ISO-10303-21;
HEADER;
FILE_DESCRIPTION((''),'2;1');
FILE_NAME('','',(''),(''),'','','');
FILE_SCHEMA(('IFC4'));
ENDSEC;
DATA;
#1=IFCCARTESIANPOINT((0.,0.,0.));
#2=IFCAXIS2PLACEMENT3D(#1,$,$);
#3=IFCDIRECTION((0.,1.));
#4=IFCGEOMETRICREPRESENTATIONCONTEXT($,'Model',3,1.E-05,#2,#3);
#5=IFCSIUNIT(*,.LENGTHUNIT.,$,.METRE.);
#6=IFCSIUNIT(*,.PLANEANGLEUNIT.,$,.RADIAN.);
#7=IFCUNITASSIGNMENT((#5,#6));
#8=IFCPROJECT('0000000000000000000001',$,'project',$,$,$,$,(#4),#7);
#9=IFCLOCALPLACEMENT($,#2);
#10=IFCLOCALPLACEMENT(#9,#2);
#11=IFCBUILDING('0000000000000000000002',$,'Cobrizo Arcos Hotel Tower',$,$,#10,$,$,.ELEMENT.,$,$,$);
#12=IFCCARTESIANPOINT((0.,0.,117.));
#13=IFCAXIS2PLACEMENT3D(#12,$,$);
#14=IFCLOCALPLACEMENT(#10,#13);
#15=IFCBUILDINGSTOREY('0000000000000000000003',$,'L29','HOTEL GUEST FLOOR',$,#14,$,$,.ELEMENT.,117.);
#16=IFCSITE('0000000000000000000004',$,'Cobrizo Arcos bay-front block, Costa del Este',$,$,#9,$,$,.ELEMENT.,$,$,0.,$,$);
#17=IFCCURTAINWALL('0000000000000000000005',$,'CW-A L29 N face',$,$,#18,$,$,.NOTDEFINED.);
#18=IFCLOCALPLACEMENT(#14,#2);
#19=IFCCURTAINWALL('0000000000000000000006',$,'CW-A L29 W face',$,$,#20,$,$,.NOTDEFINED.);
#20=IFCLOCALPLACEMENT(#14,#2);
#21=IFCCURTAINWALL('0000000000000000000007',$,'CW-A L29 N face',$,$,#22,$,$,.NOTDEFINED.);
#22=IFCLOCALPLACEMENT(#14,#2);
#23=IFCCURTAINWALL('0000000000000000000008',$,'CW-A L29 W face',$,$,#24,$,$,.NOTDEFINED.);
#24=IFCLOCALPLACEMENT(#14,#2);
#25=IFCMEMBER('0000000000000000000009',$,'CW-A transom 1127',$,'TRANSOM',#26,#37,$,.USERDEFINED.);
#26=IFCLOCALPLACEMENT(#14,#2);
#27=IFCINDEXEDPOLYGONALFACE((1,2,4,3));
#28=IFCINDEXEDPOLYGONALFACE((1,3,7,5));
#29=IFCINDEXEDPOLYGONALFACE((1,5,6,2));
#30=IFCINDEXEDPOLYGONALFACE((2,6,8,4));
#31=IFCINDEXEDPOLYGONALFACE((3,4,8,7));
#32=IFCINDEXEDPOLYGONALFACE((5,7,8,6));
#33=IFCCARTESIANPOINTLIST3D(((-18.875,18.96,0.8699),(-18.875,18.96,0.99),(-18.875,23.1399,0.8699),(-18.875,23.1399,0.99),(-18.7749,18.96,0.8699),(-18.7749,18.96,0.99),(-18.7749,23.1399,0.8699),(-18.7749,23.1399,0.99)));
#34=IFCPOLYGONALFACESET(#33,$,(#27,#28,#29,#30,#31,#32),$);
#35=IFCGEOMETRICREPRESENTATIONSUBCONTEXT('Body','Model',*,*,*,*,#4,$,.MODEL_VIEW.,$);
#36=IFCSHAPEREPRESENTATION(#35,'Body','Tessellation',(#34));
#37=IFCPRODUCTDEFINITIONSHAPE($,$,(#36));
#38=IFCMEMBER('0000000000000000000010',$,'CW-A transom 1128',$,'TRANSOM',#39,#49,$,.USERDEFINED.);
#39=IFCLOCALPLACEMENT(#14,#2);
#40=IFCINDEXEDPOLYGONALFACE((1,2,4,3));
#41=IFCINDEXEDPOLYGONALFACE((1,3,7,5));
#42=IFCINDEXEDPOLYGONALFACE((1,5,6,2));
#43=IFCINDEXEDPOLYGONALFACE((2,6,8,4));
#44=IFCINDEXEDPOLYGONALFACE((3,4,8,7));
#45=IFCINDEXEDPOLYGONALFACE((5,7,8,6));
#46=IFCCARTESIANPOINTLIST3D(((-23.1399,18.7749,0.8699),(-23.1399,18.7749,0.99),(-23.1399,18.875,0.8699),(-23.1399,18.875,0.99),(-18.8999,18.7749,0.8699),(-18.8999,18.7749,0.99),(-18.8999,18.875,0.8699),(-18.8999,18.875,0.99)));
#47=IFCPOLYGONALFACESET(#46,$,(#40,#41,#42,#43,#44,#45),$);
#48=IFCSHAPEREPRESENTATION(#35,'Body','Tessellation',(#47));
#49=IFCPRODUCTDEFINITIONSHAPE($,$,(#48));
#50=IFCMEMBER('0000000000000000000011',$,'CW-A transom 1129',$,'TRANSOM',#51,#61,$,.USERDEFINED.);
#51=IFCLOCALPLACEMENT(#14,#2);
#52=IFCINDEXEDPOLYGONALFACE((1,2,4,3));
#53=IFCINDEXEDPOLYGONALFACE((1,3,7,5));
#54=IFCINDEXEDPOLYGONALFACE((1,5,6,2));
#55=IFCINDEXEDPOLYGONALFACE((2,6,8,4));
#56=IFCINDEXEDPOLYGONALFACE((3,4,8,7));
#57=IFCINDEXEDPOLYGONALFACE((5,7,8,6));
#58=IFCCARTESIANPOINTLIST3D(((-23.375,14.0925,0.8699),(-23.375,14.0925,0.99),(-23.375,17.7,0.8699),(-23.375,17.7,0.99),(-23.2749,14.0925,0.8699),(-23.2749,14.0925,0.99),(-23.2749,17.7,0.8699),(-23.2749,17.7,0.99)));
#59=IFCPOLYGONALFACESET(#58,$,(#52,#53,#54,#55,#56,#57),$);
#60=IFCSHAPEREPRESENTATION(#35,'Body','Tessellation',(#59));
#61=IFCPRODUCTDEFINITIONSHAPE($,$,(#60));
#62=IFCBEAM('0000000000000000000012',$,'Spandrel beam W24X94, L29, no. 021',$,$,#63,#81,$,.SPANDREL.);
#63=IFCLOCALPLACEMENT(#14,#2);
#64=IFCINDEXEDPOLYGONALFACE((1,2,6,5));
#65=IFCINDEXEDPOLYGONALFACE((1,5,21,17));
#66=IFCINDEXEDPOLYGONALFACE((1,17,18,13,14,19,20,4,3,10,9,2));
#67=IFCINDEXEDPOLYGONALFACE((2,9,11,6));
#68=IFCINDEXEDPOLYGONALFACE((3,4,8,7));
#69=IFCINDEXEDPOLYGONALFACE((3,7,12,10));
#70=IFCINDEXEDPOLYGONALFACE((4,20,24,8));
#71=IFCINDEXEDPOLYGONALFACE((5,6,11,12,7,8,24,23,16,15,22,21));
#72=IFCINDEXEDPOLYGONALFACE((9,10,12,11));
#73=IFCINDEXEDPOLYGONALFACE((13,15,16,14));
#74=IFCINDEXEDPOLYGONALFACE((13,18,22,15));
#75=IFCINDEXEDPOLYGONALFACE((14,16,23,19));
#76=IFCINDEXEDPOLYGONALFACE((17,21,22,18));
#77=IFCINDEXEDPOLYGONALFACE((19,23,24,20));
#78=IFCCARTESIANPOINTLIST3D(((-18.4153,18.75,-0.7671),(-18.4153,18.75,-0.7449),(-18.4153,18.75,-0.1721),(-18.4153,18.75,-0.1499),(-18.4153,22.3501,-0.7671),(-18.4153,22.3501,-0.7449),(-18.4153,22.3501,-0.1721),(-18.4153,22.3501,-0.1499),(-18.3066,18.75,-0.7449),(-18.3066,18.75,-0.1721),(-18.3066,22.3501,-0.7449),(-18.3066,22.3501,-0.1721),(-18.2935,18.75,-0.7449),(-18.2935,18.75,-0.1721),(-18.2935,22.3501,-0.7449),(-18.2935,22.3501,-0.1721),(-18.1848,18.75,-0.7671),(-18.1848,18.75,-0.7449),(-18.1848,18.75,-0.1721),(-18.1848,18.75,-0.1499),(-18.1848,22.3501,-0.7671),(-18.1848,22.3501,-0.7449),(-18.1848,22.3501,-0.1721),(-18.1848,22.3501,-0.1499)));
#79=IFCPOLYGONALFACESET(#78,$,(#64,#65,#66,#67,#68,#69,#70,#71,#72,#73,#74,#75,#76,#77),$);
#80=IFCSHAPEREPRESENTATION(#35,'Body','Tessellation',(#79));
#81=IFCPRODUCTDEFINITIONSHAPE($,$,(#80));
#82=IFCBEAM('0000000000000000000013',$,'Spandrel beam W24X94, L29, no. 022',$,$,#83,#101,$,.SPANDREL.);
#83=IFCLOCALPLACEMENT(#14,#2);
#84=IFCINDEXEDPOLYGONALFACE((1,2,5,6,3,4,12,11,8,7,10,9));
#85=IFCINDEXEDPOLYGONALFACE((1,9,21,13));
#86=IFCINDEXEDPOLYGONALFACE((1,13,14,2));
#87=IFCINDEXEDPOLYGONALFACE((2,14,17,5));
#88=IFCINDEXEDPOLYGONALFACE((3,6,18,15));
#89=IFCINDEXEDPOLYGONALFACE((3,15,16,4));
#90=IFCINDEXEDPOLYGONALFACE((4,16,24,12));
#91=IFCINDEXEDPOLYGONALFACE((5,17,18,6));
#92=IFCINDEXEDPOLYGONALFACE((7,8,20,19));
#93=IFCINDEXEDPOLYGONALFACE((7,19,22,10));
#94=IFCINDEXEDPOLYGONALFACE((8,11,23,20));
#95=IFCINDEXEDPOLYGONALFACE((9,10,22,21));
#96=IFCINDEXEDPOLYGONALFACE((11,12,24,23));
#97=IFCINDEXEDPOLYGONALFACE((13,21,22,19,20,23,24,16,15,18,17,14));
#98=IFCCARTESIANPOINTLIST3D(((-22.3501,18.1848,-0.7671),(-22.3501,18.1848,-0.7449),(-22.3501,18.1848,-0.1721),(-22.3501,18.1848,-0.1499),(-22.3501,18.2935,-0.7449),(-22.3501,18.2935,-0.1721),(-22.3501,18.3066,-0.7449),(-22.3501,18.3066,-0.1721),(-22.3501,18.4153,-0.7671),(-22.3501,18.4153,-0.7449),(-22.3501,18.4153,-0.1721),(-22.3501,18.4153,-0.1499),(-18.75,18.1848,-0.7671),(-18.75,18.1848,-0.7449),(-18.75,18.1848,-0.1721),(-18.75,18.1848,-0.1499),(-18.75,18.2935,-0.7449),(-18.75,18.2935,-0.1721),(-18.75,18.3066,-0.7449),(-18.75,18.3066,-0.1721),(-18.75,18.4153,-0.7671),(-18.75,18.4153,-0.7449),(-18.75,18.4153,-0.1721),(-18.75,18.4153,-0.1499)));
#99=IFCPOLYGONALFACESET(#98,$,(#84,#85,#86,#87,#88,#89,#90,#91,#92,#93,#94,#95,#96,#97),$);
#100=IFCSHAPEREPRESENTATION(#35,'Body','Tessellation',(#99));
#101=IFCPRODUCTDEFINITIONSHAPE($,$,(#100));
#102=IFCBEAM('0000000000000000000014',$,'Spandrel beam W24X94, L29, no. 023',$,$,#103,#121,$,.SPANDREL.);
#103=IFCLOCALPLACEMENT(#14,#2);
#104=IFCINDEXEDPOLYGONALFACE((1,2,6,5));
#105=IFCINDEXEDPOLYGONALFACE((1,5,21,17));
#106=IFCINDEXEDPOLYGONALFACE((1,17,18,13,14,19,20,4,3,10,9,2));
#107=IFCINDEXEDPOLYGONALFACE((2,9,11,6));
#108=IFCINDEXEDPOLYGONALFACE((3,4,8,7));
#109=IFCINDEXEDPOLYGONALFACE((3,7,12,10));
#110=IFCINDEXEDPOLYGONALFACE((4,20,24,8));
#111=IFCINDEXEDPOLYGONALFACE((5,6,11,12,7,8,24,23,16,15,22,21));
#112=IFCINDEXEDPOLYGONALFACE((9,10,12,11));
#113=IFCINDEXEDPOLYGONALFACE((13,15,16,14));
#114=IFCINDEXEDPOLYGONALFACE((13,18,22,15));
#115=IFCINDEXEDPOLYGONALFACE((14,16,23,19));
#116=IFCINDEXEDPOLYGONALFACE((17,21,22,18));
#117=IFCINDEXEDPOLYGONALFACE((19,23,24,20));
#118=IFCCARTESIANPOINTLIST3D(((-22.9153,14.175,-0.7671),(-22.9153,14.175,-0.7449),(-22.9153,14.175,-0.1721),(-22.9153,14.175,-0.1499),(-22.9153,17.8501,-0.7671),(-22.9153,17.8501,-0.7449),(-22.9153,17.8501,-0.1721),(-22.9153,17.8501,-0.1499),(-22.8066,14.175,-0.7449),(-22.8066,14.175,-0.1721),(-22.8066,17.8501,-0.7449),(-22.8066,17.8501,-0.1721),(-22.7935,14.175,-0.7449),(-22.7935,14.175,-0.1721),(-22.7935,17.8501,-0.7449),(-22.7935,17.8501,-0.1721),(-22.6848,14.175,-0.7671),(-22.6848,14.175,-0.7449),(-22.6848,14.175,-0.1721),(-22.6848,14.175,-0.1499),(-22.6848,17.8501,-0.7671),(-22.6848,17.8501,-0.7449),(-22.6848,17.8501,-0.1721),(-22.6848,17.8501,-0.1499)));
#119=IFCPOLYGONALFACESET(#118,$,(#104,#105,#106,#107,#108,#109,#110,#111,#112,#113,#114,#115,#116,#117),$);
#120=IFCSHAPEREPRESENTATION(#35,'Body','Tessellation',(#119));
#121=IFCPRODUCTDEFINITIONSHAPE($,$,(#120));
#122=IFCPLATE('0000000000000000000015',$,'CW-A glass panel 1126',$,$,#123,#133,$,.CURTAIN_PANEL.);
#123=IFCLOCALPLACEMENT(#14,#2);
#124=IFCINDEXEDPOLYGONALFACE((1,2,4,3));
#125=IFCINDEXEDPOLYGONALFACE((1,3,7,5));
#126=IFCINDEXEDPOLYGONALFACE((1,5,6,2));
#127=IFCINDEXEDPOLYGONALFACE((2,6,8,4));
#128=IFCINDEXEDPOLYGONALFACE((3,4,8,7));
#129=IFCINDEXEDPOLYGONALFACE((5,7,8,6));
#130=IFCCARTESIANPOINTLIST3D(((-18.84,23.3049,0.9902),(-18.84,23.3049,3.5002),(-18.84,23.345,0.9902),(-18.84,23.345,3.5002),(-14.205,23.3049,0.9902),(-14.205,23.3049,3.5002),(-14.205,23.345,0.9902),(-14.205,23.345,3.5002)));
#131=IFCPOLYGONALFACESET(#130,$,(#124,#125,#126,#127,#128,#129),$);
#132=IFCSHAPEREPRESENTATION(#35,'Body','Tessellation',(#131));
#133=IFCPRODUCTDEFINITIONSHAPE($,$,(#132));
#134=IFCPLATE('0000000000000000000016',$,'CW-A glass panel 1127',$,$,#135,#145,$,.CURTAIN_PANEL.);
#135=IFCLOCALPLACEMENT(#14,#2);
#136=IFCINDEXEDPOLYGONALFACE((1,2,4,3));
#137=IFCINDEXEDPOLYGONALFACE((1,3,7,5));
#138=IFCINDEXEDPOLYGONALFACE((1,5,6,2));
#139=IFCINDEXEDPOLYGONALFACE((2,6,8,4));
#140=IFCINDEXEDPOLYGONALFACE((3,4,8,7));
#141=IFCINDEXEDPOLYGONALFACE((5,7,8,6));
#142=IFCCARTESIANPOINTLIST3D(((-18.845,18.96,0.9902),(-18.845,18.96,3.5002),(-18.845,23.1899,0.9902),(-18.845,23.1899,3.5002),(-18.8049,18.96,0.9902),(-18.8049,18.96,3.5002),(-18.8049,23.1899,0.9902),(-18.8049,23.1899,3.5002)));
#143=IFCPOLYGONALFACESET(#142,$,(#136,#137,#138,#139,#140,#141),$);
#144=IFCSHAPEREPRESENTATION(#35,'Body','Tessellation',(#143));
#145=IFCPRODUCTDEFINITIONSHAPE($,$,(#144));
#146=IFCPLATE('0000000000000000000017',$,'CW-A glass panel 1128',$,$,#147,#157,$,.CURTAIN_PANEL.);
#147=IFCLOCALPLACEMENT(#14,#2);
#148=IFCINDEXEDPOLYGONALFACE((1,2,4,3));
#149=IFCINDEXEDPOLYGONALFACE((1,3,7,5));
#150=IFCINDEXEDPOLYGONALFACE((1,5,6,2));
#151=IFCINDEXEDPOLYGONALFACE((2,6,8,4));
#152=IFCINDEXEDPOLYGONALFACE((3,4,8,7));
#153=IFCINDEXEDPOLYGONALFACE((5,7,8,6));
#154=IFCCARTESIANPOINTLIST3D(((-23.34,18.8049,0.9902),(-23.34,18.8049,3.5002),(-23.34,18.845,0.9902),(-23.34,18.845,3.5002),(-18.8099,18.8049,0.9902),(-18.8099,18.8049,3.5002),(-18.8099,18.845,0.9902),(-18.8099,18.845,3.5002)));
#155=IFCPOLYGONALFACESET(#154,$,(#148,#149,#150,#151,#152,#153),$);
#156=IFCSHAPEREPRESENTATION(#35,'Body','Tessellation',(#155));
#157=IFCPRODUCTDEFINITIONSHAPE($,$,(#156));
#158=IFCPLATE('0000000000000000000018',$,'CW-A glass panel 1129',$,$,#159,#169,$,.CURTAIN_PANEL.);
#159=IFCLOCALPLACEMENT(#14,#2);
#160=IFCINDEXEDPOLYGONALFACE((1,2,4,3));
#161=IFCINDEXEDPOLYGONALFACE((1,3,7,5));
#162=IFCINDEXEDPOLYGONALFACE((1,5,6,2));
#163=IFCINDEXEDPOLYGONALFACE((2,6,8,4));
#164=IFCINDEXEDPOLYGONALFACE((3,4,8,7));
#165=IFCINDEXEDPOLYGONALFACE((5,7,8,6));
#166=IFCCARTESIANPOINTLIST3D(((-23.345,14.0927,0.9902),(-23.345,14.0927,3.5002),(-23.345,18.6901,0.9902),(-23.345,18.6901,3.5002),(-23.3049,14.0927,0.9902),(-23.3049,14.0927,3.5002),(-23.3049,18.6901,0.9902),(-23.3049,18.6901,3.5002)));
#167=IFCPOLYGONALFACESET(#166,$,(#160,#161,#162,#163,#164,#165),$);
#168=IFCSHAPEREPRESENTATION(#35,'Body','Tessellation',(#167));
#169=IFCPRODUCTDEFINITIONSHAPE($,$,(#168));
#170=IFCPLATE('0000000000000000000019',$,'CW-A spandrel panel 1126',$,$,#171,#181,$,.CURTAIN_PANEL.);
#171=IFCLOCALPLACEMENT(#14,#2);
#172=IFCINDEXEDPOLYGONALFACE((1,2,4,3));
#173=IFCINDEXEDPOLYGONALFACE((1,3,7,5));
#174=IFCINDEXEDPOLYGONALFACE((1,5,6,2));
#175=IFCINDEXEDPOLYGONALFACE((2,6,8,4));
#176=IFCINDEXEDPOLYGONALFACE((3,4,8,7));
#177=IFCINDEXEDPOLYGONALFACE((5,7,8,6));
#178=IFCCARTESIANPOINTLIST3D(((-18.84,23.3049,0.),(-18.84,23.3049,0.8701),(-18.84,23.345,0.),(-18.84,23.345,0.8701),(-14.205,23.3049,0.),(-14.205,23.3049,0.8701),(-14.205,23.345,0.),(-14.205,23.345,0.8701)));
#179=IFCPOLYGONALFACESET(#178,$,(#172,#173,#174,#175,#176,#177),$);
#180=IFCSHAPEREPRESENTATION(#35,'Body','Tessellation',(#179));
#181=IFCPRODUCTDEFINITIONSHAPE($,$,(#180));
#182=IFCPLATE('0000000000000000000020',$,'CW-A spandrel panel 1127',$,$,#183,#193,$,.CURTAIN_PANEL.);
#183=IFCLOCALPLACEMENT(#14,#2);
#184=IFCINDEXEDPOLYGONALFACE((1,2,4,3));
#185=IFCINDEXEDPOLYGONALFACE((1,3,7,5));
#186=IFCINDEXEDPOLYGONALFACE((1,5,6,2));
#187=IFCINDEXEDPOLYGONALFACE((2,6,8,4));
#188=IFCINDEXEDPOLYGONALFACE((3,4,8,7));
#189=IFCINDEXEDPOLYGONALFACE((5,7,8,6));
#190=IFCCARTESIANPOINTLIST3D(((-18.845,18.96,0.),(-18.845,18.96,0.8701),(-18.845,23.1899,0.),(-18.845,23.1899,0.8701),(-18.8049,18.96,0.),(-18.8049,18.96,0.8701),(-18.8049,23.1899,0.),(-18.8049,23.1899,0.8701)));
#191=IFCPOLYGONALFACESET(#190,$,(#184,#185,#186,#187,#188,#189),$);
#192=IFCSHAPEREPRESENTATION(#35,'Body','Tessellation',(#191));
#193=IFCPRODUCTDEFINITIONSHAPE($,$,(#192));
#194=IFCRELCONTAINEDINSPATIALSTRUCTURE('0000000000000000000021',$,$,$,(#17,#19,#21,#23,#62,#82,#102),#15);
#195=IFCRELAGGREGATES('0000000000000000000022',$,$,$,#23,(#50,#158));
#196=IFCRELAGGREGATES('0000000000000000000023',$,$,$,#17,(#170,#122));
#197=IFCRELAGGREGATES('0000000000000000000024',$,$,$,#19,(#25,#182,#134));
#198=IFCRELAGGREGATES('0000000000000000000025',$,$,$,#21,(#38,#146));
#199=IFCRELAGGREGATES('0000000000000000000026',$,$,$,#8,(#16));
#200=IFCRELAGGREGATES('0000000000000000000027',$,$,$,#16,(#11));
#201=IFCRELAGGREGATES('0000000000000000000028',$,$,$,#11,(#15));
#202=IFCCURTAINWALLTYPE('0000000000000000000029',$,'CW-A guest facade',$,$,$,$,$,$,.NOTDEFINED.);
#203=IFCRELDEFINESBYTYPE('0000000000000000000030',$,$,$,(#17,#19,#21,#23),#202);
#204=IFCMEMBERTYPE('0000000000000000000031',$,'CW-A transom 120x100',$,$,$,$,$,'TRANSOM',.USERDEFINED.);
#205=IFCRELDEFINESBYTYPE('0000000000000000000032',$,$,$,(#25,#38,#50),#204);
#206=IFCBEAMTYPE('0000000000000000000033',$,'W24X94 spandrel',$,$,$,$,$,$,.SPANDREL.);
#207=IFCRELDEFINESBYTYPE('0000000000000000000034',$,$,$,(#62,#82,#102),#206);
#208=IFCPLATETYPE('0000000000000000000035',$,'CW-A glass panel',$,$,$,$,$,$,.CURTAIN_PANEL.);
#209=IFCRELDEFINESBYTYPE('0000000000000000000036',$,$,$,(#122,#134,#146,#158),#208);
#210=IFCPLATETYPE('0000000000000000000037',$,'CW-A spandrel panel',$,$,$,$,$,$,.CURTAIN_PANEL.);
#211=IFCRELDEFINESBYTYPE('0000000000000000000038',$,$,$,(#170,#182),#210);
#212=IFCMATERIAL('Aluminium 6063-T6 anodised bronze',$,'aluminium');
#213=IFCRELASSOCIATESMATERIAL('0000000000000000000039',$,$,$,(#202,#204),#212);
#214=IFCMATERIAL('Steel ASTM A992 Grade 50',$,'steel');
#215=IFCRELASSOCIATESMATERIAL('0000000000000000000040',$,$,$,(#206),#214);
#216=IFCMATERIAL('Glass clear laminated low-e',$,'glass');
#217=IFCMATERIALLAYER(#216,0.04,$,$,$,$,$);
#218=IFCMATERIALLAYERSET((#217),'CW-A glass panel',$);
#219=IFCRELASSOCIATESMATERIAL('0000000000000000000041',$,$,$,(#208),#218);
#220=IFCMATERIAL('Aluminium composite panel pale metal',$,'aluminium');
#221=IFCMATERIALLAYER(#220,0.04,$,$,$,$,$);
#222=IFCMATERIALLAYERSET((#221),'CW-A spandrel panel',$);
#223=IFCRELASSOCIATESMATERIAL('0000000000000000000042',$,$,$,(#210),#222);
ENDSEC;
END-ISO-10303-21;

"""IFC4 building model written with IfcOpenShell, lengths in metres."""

from ifc_helpers import new_model, si_unit, direction, frame, origin, origin_2d, place, context, subcontext, project, spatial, rectangle, i_section, extrude, material, layer, layer_set, material_profile, profile_set, type_object, element, aggregate, save


model = new_model("IFC4")

# Units and contexts
model_context = context("Model", 3, precision=1e-05, world=origin(), true_north=direction((0.0, 1.0)))
body_context = subcontext(model_context, "Body", "Model", "MODEL_VIEW")
ifc_project = project(units=[si_unit("LENGTHUNIT", "METRE"), si_unit("PLANEANGLEUNIT", "RADIAN")], contexts=[model_context])

# Site, building, storey
site_placement = place(None, origin())
site = spatial("IfcSite", under=ifc_project, at=site_placement, Name="Cobrizo Arcos bay-front block, Costa del Este", CompositionType="ELEMENT", RefElevation=0.0)
building_placement = place(site_placement, origin())
building = spatial("IfcBuilding", under=site, at=building_placement, Name="Cobrizo Arcos Hotel Tower", CompositionType="ELEMENT")
storey_placement = place(building_placement, frame((0.0, 0.0, 117.0)))
storey = spatial("IfcBuildingStorey", under=building, at=storey_placement, Name="L29", Description="HOTEL GUEST FLOOR", CompositionType="ELEMENT", Elevation=117.0)

# Curtain wall
ifc_material_1 = material(Name="Aluminium 6063-T6 anodised bronze", Category="aluminium")
curtain_wall_type = type_object("IfcCurtainWallType", Name="CW-A guest facade", PredefinedType="NOTDEFINED", material=ifc_material_1)
curtain_wall_1_placement = place(storey_placement, origin())
curtain_wall_1 = element("IfcCurtainWall", 1, at=curtain_wall_1_placement, inside=storey, type_object=curtain_wall_type, Name="CW-A L29 N face", PredefinedType="NOTDEFINED")

# Curtain walls
curtain_wall_2_placement = place(storey_placement, origin())
curtain_wall_2 = element("IfcCurtainWall", 2, at=curtain_wall_2_placement, inside=storey, type_object=curtain_wall_type, Name="CW-A L29 W face", PredefinedType="NOTDEFINED")
curtain_wall_3_placement = place(storey_placement, origin())
curtain_wall_3 = element("IfcCurtainWall", 3, at=curtain_wall_3_placement, inside=storey, type_object=curtain_wall_type, Name="CW-A L29 N face", PredefinedType="NOTDEFINED")

# Curtain wall
curtain_wall_4_placement = place(storey_placement, origin())
curtain_wall_4 = element("IfcCurtainWall", 4, at=curtain_wall_4_placement, inside=storey, type_object=curtain_wall_type, Name="CW-A L29 W face", PredefinedType="NOTDEFINED")

# Members
ifc_material_profile_1 = material_profile(ifc_material_1, rectangle(XDim=0.1001, YDim=0.1201, at=origin_2d()), Name="CW-A transom 120x100")
ifc_profile_set_1 = profile_set([ifc_material_profile_1], Name="Aluminium 6063-T6 anodised bronze")
member_type_1 = type_object("IfcMemberType", Name="CW-A transom 120x100", ElementType="TRANSOM", PredefinedType="USERDEFINED", material=ifc_profile_set_1)
member_1_placement = place(storey_placement, frame((-18.825, 23.1399, 0.9299), z_axis=(0.0, -1.0, 0.0), x_axis=(1.0, 0.0, 0.0)))
member_1 = element("IfcMember", 5, at=member_1_placement, type_object=member_type_1, Name="CW-A transom 1127", ObjectType="TRANSOM", PredefinedType="USERDEFINED", context=body_context, shape_type="SweptSolid", body=[
    extrude(rectangle(XDim=0.1001, YDim=0.1201, at=origin_2d()), origin(), (0.0, 0.0, 1.0), 4.1799),
])
member_2_placement = place(storey_placement, frame((-18.8999, 18.825, 0.9299), z_axis=(-1.0, 0.0, 0.0), x_axis=(0.0, -1.0, 0.0)))
member_2 = element("IfcMember", 6, at=member_2_placement, type_object=member_type_1, Name="CW-A transom 1128", ObjectType="TRANSOM", PredefinedType="USERDEFINED", context=body_context, shape_type="SweptSolid", body=[
    extrude(rectangle(XDim=0.1001, YDim=0.1201, at=origin_2d()), origin(), (0.0, 0.0, 1.0), 4.24),
])
member_3_placement = place(storey_placement, frame((-23.325, 17.7, 0.9299), z_axis=(0.0, -1.0, 0.0), x_axis=(1.0, 0.0, 0.0)))
member_3 = element("IfcMember", 7, at=member_3_placement, type_object=member_type_1, Name="CW-A transom 1129", ObjectType="TRANSOM", PredefinedType="USERDEFINED", context=body_context, shape_type="SweptSolid", body=[
    extrude(rectangle(XDim=0.1001, YDim=0.1201, at=origin_2d()), origin(), (0.0, 0.0, 1.0), 3.6074),
])

# Beams
ifc_material_2 = material(Name="Steel ASTM A992 Grade 50", Category="steel")
ifc_material_profile_2 = material_profile(ifc_material_2, i_section(OverallWidth=0.2305, OverallDepth=0.6172, WebThickness=0.0132, FlangeThickness=0.0222, at=origin_2d()), Name="W24X94")
ifc_profile_set_2 = profile_set([ifc_material_profile_2], Name="Steel ASTM A992 Grade 50")
beam_type_1 = type_object("IfcBeamType", Name="W24X94 spandrel", PredefinedType="SPANDREL", material=ifc_profile_set_2)
for number, where, z_axis, x_axis, name in (
    (8, (-18.3, 22.3501, -0.4585), (0.0, -1.0, 0.0), (1.0, 0.0, 0.0), "Spandrel beam W24X94, L29, no. 021"),
    (9, (-18.75, 18.3, -0.4585), (-1.0, 0.0, 0.0), (0.0, -1.0, 0.0), "Spandrel beam W24X94, L29, no. 022"),
):
    element("IfcBeam", number, at=place(storey_placement, frame(where, z_axis=z_axis, x_axis=x_axis)), inside=storey, type_object=beam_type_1, Name=name, PredefinedType="SPANDREL", context=body_context, shape_type="SweptSolid", body=[
        extrude(i_section(OverallWidth=0.2305, OverallDepth=0.6172, WebThickness=0.0132, FlangeThickness=0.0222, at=origin_2d()), origin(), (0.0, 0.0, 1.0), 3.6001),
    ])
beam_placement = place(storey_placement, frame((-22.8, 17.8501, -0.4585), z_axis=(0.0, -1.0, 0.0), x_axis=(1.0, 0.0, 0.0)))
element("IfcBeam", 10, at=beam_placement, inside=storey, type_object=beam_type_1, Name="Spandrel beam W24X94, L29, no. 023", PredefinedType="SPANDREL", context=body_context, shape_type="SweptSolid", body=[
    extrude(i_section(OverallWidth=0.2305, OverallDepth=0.6172, WebThickness=0.0132, FlangeThickness=0.0222, at=origin_2d()), origin(), (0.0, 0.0, 1.0), 3.675),
])

# Plates
ifc_material_3 = material(Name="Glass clear laminated low-e", Category="glass")
ifc_layer_1 = layer(ifc_material_3, 0.04)
ifc_layer_set_1 = layer_set([ifc_layer_1], Name="CW-A glass panel")
plate_type_1 = type_object("IfcPlateType", Name="CW-A glass panel", PredefinedType="CURTAIN_PANEL", material=ifc_layer_set_1)
plate_1_placement = place(storey_placement, frame((-16.5225, 23.325, 0.9902), z_axis=(0.0, 0.0, 1.0), x_axis=(-1.0, 0.0, 0.0)))
plate_1 = element("IfcPlate", 11, at=plate_1_placement, type_object=plate_type_1, Name="CW-A glass panel 1126", PredefinedType="CURTAIN_PANEL", context=body_context, shape_type="SweptSolid", body=[
    extrude(rectangle(XDim=4.635, YDim=0.04, at=origin_2d()), origin(), (0.0, 0.0, 1.0), 2.51),
])
plate_2_placement = place(storey_placement, frame((-18.825, 21.075, 0.9902), z_axis=(0.0, 0.0, 1.0), x_axis=(0.0, -1.0, 0.0)))
plate_2 = element("IfcPlate", 12, at=plate_2_placement, type_object=plate_type_1, Name="CW-A glass panel 1127", PredefinedType="CURTAIN_PANEL", context=body_context, shape_type="SweptSolid", body=[
    extrude(rectangle(XDim=4.23, YDim=0.04, at=origin_2d()), origin(), (0.0, 0.0, 1.0), 2.51),
])
plate_3_placement = place(storey_placement, frame((-21.075, 18.825, 0.9902), z_axis=(0.0, 0.0, 1.0), x_axis=(-1.0, 0.0, 0.0)))
plate_3 = element("IfcPlate", 13, at=plate_3_placement, type_object=plate_type_1, Name="CW-A glass panel 1128", PredefinedType="CURTAIN_PANEL", context=body_context, shape_type="SweptSolid", body=[
    extrude(rectangle(XDim=4.53, YDim=0.04, at=origin_2d()), origin(), (0.0, 0.0, 1.0), 2.51),
])
plate_4_placement = place(storey_placement, frame((-23.325, 16.3914, 0.9902), z_axis=(0.0, 0.0, 1.0), x_axis=(0.0, -1.0, 0.0)))
plate_4 = element("IfcPlate", 14, at=plate_4_placement, type_object=plate_type_1, Name="CW-A glass panel 1129", PredefinedType="CURTAIN_PANEL", context=body_context, shape_type="SweptSolid", body=[
    extrude(rectangle(XDim=4.5974, YDim=0.04, at=origin_2d()), origin(), (0.0, 0.0, 1.0), 2.51),
])
aggregate(curtain_wall_4, [member_3, plate_4])
ifc_material_4 = material(Name="Aluminium composite panel pale metal", Category="aluminium")
ifc_layer_2 = layer(ifc_material_4, 0.04)
ifc_layer_set_2 = layer_set([ifc_layer_2], Name="CW-A spandrel panel")
plate_type_2 = type_object("IfcPlateType", Name="CW-A spandrel panel", PredefinedType="CURTAIN_PANEL", material=ifc_layer_set_2)
plate_5_placement = place(storey_placement, frame((-16.5225, 23.325, 0.0), z_axis=(0.0, 0.0, 1.0), x_axis=(-1.0, 0.0, 0.0)))
plate_5 = element("IfcPlate", 15, at=plate_5_placement, type_object=plate_type_2, Name="CW-A spandrel panel 1126", PredefinedType="CURTAIN_PANEL", context=body_context, shape_type="SweptSolid", body=[
    extrude(rectangle(XDim=4.635, YDim=0.04, at=origin_2d()), origin(), (0.0, 0.0, 1.0), 0.8701),
])
aggregate(curtain_wall_1, [plate_5, plate_1])
plate_6_placement = place(storey_placement, frame((-18.825, 21.075, 0.0), z_axis=(0.0, 0.0, 1.0), x_axis=(0.0, -1.0, 0.0)))
plate_6 = element("IfcPlate", 16, at=plate_6_placement, type_object=plate_type_2, Name="CW-A spandrel panel 1127", PredefinedType="CURTAIN_PANEL", context=body_context, shape_type="SweptSolid", body=[
    extrude(rectangle(XDim=4.23, YDim=0.04, at=origin_2d()), origin(), (0.0, 0.0, 1.0), 0.8701),
])
aggregate(curtain_wall_2, [member_1, plate_6, plate_2])
aggregate(curtain_wall_3, [member_2, plate_3])

save(model, "model.ifc")
